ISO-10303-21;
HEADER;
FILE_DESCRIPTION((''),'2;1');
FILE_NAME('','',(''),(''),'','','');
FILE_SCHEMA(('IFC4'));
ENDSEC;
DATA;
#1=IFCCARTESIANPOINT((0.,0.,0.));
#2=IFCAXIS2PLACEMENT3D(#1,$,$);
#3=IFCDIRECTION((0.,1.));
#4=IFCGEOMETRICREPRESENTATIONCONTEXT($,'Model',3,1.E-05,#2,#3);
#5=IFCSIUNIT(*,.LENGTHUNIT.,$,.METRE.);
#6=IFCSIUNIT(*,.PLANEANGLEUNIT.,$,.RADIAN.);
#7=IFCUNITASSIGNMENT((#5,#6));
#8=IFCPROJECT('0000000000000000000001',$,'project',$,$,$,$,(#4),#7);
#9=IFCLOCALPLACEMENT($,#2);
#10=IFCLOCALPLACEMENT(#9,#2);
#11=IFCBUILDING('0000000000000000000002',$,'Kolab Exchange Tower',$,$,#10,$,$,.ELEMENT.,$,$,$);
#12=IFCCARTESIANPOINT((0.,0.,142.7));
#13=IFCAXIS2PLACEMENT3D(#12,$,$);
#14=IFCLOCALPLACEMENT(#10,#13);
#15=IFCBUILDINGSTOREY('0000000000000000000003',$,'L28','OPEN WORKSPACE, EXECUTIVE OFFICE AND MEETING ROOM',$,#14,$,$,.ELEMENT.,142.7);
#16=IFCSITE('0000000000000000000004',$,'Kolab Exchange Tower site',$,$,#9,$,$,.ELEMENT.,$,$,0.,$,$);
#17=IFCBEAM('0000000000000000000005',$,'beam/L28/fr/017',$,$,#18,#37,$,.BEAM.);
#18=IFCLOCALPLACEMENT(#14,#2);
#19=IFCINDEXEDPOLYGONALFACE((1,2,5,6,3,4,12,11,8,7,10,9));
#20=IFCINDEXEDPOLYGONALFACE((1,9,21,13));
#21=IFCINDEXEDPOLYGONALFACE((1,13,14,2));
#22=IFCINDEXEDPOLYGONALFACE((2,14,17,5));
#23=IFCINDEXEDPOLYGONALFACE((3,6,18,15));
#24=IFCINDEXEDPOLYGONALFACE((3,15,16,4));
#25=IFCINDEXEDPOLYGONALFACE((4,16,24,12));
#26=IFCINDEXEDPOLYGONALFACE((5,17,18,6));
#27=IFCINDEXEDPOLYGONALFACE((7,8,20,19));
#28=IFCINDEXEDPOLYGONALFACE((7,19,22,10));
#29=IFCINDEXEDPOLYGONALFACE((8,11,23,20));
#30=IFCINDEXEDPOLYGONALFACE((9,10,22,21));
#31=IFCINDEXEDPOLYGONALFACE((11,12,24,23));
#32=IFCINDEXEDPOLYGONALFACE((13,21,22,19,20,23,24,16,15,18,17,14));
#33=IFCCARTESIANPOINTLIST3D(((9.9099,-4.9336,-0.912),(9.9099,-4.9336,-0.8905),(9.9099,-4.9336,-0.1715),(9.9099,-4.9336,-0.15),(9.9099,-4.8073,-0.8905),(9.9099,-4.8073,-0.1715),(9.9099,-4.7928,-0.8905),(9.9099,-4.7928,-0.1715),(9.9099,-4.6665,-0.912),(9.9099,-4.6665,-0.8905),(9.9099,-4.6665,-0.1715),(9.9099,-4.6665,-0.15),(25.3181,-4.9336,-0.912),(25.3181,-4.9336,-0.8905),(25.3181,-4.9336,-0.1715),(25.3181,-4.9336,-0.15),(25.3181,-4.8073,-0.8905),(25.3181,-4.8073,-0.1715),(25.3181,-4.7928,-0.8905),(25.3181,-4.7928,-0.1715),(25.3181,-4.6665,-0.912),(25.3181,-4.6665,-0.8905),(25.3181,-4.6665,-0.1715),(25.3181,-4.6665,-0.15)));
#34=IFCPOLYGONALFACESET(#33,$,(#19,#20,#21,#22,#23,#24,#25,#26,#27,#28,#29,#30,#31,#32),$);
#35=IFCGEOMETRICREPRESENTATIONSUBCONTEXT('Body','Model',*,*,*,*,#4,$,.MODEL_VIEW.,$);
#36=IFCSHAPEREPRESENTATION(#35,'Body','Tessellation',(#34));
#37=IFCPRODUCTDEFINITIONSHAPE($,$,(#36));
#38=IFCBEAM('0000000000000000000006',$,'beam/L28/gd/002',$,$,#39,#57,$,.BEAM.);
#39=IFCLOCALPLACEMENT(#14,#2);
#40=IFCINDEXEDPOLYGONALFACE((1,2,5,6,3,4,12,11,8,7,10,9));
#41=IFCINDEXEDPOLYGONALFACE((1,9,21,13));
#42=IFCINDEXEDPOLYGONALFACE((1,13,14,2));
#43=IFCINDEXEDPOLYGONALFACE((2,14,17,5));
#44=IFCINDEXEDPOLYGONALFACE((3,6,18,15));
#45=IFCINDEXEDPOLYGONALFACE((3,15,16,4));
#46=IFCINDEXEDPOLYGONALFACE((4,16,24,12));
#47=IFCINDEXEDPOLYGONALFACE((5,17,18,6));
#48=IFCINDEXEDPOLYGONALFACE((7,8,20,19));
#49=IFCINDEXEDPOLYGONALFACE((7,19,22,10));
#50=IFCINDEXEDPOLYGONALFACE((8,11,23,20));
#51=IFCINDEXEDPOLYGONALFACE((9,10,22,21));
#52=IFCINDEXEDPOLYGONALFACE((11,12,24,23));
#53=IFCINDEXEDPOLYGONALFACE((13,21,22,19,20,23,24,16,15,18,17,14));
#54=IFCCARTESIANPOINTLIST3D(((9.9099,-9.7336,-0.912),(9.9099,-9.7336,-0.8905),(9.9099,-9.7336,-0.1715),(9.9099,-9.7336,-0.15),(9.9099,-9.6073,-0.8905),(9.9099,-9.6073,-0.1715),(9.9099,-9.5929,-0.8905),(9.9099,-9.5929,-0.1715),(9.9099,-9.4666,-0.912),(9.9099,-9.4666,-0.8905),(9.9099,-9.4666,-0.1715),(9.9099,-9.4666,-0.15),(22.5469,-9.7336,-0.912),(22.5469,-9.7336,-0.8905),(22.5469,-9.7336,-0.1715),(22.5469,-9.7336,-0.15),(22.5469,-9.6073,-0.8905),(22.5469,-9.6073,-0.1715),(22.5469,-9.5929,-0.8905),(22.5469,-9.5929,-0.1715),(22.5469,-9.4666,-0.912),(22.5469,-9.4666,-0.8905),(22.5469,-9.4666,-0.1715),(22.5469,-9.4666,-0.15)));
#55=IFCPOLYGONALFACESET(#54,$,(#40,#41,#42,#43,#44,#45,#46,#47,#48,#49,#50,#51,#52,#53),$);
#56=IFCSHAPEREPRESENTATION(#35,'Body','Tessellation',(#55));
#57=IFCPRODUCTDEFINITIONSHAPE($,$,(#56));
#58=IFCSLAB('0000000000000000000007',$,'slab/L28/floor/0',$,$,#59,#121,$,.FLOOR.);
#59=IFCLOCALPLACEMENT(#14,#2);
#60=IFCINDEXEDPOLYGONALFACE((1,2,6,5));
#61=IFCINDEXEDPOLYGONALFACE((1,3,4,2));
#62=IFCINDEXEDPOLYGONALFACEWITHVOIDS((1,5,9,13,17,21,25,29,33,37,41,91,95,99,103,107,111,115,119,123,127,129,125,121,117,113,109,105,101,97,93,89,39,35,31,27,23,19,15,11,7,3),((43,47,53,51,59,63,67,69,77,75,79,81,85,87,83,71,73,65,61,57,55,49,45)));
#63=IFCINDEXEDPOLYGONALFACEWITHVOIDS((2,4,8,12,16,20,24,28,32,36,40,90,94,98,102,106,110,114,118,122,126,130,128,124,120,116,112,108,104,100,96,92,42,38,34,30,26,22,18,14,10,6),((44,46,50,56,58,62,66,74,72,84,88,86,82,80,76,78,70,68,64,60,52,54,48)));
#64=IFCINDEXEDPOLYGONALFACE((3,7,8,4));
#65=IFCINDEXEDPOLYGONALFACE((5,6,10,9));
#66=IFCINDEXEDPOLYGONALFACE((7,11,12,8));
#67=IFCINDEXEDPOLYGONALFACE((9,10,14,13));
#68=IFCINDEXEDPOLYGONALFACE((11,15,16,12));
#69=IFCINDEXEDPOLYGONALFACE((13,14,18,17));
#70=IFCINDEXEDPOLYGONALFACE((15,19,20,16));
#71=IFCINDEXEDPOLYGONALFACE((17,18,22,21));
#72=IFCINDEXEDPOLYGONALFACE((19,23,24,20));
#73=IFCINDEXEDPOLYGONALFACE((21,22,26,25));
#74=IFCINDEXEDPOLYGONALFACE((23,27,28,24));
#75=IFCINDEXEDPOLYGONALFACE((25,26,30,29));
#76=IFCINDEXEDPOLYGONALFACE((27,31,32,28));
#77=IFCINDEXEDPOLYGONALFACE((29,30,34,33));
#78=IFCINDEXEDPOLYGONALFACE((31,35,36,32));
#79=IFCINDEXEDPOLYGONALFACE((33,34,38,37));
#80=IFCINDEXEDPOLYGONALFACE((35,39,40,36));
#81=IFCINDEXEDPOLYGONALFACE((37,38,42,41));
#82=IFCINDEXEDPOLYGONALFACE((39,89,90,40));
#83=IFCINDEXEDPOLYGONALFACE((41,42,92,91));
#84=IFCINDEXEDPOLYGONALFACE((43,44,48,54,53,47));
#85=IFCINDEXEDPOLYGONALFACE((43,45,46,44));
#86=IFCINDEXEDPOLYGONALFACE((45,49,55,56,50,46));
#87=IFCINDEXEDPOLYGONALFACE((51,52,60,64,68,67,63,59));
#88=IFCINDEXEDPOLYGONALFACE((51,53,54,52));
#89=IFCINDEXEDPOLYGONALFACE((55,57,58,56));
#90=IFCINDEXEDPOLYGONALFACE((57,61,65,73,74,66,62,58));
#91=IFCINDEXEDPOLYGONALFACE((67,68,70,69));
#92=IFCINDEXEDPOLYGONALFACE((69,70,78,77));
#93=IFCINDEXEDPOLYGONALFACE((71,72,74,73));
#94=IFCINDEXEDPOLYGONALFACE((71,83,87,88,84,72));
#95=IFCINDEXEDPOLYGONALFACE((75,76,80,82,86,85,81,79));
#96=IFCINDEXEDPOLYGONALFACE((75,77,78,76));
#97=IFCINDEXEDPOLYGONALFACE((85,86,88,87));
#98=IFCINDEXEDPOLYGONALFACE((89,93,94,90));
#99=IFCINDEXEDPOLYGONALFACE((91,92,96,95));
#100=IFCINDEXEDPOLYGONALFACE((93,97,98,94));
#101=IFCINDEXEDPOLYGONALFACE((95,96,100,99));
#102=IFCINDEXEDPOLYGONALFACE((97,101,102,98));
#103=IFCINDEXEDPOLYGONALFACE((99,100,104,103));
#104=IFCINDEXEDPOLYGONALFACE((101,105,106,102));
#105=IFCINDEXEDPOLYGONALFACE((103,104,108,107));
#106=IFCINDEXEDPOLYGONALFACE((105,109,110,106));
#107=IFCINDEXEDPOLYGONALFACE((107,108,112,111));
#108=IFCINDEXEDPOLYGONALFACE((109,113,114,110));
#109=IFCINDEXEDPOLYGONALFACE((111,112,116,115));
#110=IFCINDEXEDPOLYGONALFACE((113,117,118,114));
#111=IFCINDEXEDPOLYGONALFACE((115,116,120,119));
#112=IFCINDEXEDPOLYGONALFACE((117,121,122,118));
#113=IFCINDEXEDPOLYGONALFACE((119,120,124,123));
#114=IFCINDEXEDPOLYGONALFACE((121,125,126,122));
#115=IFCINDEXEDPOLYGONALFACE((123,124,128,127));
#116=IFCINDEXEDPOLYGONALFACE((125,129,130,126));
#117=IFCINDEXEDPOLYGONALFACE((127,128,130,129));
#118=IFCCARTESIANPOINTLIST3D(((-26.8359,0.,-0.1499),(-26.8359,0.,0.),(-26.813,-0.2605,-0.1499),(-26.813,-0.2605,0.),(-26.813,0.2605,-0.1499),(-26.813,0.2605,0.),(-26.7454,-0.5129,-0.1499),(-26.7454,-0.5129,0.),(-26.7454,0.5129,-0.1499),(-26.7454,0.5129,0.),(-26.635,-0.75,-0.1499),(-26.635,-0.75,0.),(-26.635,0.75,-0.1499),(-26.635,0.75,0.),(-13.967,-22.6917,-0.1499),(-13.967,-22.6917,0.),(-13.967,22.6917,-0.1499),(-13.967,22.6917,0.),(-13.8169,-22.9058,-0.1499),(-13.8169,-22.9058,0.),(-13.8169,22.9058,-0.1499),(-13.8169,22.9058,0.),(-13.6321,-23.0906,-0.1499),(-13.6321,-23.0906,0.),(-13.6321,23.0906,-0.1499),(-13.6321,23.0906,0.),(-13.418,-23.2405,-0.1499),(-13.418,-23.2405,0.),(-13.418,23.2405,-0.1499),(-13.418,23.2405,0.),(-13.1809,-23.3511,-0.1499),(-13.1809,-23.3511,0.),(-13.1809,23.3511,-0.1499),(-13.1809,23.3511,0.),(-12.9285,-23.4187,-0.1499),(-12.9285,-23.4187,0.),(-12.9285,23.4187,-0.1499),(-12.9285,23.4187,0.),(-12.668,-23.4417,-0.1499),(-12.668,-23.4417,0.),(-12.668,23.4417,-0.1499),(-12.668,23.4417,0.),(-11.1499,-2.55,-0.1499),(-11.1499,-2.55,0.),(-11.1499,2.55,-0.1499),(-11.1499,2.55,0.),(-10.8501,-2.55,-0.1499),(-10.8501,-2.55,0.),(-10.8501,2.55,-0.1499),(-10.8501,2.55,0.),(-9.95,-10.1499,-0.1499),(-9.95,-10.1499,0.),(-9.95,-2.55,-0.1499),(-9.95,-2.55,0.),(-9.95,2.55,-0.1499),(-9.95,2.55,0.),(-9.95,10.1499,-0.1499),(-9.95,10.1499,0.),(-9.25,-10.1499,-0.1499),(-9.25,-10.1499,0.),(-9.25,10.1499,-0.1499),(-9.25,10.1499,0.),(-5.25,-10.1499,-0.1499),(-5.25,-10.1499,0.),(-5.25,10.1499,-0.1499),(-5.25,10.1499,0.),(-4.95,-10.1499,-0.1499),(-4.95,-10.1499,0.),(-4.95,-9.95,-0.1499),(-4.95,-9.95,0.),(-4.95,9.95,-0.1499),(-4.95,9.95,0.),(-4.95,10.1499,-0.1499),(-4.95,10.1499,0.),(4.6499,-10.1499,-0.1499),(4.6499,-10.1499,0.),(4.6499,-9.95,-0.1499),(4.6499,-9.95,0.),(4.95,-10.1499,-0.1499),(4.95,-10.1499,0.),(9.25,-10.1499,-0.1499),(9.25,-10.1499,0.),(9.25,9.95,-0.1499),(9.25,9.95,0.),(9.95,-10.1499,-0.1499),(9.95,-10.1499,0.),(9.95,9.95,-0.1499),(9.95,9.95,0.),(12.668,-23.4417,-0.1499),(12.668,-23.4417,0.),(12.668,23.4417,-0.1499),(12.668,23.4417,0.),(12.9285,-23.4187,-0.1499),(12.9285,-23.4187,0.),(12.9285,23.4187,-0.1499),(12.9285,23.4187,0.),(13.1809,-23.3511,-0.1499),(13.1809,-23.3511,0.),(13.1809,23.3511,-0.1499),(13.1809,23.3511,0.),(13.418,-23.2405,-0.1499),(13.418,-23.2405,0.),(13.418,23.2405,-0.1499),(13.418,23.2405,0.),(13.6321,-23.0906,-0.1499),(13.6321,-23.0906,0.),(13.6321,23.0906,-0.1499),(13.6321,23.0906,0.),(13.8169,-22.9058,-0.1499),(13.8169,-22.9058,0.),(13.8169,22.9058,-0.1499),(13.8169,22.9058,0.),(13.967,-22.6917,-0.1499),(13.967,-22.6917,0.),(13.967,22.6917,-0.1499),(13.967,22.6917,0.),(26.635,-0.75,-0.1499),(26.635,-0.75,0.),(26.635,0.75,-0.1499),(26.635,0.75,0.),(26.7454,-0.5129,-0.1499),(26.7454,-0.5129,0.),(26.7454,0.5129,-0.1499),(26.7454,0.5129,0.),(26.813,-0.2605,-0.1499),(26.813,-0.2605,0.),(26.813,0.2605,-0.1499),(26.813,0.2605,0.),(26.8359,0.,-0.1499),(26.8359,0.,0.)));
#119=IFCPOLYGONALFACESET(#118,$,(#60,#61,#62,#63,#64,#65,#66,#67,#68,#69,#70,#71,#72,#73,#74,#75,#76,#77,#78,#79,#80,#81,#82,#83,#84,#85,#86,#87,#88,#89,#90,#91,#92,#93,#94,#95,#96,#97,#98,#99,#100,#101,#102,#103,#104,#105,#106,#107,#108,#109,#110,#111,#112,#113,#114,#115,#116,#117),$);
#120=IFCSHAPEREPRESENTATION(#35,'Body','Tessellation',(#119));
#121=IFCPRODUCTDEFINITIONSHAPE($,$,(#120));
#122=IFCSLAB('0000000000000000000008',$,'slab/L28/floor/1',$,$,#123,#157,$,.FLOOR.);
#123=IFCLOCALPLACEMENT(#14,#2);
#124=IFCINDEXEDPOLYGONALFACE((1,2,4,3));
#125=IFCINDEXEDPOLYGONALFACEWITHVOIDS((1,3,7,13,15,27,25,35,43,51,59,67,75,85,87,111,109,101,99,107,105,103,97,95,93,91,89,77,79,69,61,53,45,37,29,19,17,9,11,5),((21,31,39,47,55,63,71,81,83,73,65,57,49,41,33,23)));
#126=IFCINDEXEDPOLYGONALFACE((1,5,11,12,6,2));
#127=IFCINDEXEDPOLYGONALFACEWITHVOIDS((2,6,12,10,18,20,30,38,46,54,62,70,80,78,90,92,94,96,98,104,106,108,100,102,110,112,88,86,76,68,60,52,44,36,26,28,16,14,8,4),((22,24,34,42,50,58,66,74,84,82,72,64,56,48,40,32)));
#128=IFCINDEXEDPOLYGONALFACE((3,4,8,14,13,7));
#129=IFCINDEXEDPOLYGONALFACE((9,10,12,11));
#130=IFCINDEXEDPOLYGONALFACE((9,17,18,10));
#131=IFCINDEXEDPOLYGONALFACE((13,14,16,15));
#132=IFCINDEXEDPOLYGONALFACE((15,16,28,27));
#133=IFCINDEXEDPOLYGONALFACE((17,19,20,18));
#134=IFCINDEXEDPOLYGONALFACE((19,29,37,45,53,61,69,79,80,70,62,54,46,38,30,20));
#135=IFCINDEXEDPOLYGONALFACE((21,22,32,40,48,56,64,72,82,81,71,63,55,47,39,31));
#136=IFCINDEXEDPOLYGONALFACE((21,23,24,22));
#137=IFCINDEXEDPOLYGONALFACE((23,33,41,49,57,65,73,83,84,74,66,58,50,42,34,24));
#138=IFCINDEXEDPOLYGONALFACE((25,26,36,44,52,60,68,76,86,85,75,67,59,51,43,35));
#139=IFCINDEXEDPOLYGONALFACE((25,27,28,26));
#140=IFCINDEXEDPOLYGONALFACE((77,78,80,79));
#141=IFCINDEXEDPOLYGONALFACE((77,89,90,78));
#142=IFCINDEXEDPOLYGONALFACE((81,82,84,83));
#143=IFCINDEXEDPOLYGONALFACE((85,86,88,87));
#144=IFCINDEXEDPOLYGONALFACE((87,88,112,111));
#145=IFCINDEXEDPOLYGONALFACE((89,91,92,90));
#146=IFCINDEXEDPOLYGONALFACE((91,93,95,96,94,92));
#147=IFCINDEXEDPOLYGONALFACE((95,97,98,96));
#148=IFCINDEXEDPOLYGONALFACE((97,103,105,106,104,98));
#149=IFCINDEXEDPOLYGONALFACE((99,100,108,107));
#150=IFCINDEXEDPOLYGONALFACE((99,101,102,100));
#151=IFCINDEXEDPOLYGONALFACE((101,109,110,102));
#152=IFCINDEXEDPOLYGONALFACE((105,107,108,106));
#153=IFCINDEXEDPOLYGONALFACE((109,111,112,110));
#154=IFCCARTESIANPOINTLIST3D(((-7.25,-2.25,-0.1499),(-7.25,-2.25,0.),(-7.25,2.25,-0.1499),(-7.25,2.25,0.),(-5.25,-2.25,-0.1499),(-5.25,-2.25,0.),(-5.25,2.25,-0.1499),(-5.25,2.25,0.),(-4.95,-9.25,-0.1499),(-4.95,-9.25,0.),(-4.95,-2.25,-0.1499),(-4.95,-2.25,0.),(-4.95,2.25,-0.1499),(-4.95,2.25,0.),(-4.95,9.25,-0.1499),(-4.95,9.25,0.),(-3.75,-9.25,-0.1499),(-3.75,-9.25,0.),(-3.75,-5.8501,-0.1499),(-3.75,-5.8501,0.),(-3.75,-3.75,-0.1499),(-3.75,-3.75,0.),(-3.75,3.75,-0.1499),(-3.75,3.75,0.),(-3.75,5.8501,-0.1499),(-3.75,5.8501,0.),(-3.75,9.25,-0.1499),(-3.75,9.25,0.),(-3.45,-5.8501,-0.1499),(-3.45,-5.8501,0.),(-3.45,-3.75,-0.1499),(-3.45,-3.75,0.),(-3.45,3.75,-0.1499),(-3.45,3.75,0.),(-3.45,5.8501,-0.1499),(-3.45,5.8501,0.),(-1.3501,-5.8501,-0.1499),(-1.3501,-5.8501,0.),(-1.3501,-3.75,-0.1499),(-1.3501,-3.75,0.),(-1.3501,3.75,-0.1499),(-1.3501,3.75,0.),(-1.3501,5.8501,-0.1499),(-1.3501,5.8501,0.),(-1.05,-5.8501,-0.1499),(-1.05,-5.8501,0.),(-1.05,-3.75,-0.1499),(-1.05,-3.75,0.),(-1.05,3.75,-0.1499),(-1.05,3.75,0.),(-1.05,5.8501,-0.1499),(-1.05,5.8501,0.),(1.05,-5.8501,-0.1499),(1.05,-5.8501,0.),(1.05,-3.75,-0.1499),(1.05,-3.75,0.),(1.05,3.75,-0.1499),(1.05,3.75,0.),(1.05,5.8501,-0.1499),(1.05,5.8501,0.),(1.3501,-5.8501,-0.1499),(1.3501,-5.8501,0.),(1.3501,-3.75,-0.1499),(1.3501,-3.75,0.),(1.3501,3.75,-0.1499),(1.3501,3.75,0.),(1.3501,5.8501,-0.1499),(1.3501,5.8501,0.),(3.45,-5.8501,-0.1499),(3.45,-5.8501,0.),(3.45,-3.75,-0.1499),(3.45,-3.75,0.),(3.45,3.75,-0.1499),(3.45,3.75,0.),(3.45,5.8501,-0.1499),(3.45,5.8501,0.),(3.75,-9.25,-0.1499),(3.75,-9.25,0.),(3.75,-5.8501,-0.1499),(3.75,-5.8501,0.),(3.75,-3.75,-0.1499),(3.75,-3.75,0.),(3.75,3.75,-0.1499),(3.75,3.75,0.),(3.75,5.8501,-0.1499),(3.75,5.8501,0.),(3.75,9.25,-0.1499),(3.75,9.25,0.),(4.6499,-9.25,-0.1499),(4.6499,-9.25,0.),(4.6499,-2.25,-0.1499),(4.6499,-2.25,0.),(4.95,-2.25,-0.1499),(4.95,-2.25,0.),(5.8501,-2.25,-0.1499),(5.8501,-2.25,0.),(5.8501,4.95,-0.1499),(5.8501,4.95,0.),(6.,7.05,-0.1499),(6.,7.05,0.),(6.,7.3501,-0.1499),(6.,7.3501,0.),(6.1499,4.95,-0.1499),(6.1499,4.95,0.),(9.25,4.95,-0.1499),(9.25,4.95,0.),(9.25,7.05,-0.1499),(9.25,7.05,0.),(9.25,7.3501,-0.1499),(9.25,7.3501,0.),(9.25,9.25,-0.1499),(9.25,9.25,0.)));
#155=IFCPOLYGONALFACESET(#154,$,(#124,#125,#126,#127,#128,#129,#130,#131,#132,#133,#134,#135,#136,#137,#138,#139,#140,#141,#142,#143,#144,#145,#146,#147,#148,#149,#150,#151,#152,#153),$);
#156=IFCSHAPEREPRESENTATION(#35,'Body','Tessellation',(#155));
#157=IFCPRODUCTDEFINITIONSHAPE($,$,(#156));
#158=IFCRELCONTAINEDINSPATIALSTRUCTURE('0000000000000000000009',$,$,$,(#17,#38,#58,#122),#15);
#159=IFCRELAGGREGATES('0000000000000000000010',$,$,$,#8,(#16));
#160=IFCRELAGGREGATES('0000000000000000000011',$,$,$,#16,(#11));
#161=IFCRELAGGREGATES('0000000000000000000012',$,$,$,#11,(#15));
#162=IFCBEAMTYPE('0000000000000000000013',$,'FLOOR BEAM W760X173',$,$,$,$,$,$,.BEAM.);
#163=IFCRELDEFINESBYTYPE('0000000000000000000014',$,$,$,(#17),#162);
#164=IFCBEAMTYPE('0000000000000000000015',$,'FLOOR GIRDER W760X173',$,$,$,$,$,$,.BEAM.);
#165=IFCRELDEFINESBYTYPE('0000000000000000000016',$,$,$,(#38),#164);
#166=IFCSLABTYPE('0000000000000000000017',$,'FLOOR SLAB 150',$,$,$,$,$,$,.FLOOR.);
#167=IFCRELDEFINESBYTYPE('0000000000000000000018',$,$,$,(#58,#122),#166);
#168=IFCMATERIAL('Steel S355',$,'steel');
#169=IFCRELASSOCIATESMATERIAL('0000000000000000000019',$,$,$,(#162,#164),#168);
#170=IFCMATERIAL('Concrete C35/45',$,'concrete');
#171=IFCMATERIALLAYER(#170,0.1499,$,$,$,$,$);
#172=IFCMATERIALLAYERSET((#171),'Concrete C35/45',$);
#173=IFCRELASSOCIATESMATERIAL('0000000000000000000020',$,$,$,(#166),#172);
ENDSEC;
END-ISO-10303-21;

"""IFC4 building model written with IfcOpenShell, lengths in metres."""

from ifc_helpers import new_model, si_unit, direction, frame, origin, origin_2d, place, context, subcontext, project, spatial, polyline, i_section, outline, extrude, material, layer, layer_set, material_profile, profile_set, type_object, element, save


model = new_model("IFC4")

# Units and contexts
model_context = context("Model", 3, precision=1e-05, world=origin(), true_north=direction((0.0, 1.0)))
body_context = subcontext(model_context, "Body", "Model", "MODEL_VIEW")
ifc_project = project(units=[si_unit("LENGTHUNIT", "METRE"), si_unit("PLANEANGLEUNIT", "RADIAN")], contexts=[model_context])

# Site, building, storey
site_placement = place(None, origin())
site = spatial("IfcSite", under=ifc_project, at=site_placement, Name="Kolab Exchange Tower site", CompositionType="ELEMENT", RefElevation=0.0)
building_placement = place(site_placement, origin())
building = spatial("IfcBuilding", under=site, at=building_placement, Name="Kolab Exchange Tower", CompositionType="ELEMENT")
storey_placement = place(building_placement, frame((0.0, 0.0, 142.7)))
storey = spatial("IfcBuildingStorey", under=building, at=storey_placement, Name="L28", Description="OPEN WORKSPACE, EXECUTIVE OFFICE AND MEETING ROOM", CompositionType="ELEMENT", Elevation=142.7)

# Beams
ifc_material_1 = material(Name="Steel S355", Category="steel")
ifc_material_profile_1 = material_profile(ifc_material_1, i_section(OverallWidth=0.2671, OverallDepth=0.762, WebThickness=0.0144, FlangeThickness=0.0215, at=origin_2d()), Name="W760X173")
ifc_profile_set_1 = profile_set([ifc_material_profile_1], Name="Steel S355")
beam_type_1 = type_object("IfcBeamType", Name="FLOOR BEAM W760X173", PredefinedType="BEAM", material=ifc_profile_set_1)
beam_1_placement = place(storey_placement, frame((9.9099, -4.8, -0.531), z_axis=(1.0, 0.0, 0.0), x_axis=(0.0, 1.0, 0.0)))
element("IfcBeam", 1, at=beam_1_placement, inside=storey, type_object=beam_type_1, Name="beam/L28/fr/017", PredefinedType="BEAM", context=body_context, shape_type="SweptSolid", body=[
    extrude(i_section(OverallWidth=0.2671, OverallDepth=0.762, WebThickness=0.0144, FlangeThickness=0.0215, at=origin_2d()), origin(), (0.0, 0.0, 1.0), 15.4082),
])
ifc_material_profile_2 = material_profile(ifc_material_1, i_section(OverallWidth=0.2671, OverallDepth=0.762, WebThickness=0.0144, FlangeThickness=0.0215, at=origin_2d()), Name="W760X173")
ifc_profile_set_2 = profile_set([ifc_material_profile_2], Name="Steel S355")
beam_type_2 = type_object("IfcBeamType", Name="FLOOR GIRDER W760X173", PredefinedType="BEAM", material=ifc_profile_set_2)
beam_2_placement = place(storey_placement, frame((9.9099, -9.6001, -0.531), z_axis=(1.0, 0.0, 0.0), x_axis=(0.0, 1.0, 0.0)))
element("IfcBeam", 2, at=beam_2_placement, inside=storey, type_object=beam_type_2, Name="beam/L28/gd/002", PredefinedType="BEAM", context=body_context, shape_type="SweptSolid", body=[
    extrude(i_section(OverallWidth=0.2671, OverallDepth=0.762, WebThickness=0.0144, FlangeThickness=0.0215, at=origin_2d()), origin(), (0.0, 0.0, 1.0), 12.637),
])

# Slabs
ifc_material_2 = material(Name="Concrete C35/45", Category="concrete")
ifc_layer_1 = layer(ifc_material_2, 0.1499)
ifc_layer_set_1 = layer_set([ifc_layer_1], Name="Concrete C35/45")
slab_type_1 = type_object("IfcSlabType", Name="FLOOR SLAB 150", PredefinedType="FLOOR", material=ifc_layer_set_1)
slab_1_placement = place(storey_placement, frame((0.0, 0.0, -0.1499)))
element("IfcSlab", 3, at=slab_1_placement, inside=storey, type_object=slab_type_1, Name="slab/L28/floor/0", PredefinedType="FLOOR", context=body_context, shape_type="SweptSolid", body=[
    extrude(outline(polyline([(13.967, -22.6917), (26.635, -0.75), (26.7454, -0.5129), (26.813, -0.2605), (26.8359, 0.0), (26.813, 0.2605), (26.7454, 0.5129), (26.635, 0.75), (13.967, 22.6917), (13.8169, 22.9058), (13.6321, 23.0906), (13.418, 23.2405), (13.1809, 23.3511), (12.9285, 23.4187), (12.668, 23.4417), (-12.668, 23.4417), (-12.9285, 23.4187), (-13.1809, 23.3511), (-13.418, 23.2405), (-13.6321, 23.0906), (-13.8169, 22.9058), (-13.967, 22.6917), (-26.635, 0.75), (-26.7454, 0.5129), (-26.813, 0.2605), (-26.8359, 0.0), (-26.813, -0.2605), (-26.7454, -0.5129), (-26.635, -0.75), (-13.967, -22.6917), (-13.8169, -22.9058), (-13.6321, -23.0906), (-13.418, -23.2405), (-13.1809, -23.3511), (-12.9285, -23.4187), (-12.668, -23.4417), (12.668, -23.4417), (12.9285, -23.4187), (13.1809, -23.3511), (13.418, -23.2405), (13.6321, -23.0906), (13.8169, -22.9058), (13.967, -22.6917)]), holes=[polyline([(-9.25, -10.1499), (-9.95, -10.1499), (-9.95, -2.55), (-10.8501, -2.55), (-11.1499, -2.55), (-11.1499, 2.55), (-10.8501, 2.55), (-9.95, 2.55), (-9.95, 10.1499), (-9.25, 10.1499), (-5.25, 10.1499), (-4.95, 10.1499), (-4.95, 9.95), (9.25, 9.95), (9.95, 9.95), (9.95, -10.1499), (9.25, -10.1499), (4.95, -10.1499), (4.6499, -10.1499), (4.6499, -9.95), (-4.95, -9.95), (-4.95, -10.1499), (-5.25, -10.1499), (-9.25, -10.1499)])]), origin(), (0.0, 0.0, 1.0), 0.1499),
])
slab_2_placement = place(storey_placement, frame((0.0, 0.0, -0.1499)))
element("IfcSlab", 4, at=slab_2_placement, inside=storey, type_object=slab_type_1, Name="slab/L28/floor/1", PredefinedType="FLOOR", context=body_context, shape_type="SweptSolid", body=[
    extrude(outline(polyline([(-4.95, 9.25), (-4.95, 2.25), (-5.25, 2.25), (-7.25, 2.25), (-7.25, -2.25), (-5.25, -2.25), (-4.95, -2.25), (-4.95, -9.25), (-3.75, -9.25), (-3.75, -5.8501), (-3.45, -5.8501), (-1.3501, -5.8501), (-1.05, -5.8501), (1.05, -5.8501), (1.3501, -5.8501), (3.45, -5.8501), (3.75, -5.8501), (3.75, -9.25), (4.6499, -9.25), (4.6499, -2.25), (4.95, -2.25), (5.8501, -2.25), (5.8501, 4.95), (6.1499, 4.95), (9.25, 4.95), (9.25, 7.05), (6.0, 7.05), (6.0, 7.3501), (9.25, 7.3501), (9.25, 9.25), (3.75, 9.25), (3.75, 5.8501), (3.45, 5.8501), (1.3501, 5.8501), (1.05, 5.8501), (-1.05, 5.8501), (-1.3501, 5.8501), (-3.45, 5.8501), (-3.75, 5.8501), (-3.75, 9.25), (-4.95, 9.25)]), holes=[polyline([(-3.45, -3.75), (-3.75, -3.75), (-3.75, 3.75), (-3.45, 3.75), (-1.3501, 3.75), (-1.05, 3.75), (1.05, 3.75), (1.3501, 3.75), (3.45, 3.75), (3.75, 3.75), (3.75, -3.75), (3.45, -3.75), (1.3501, -3.75), (1.05, -3.75), (-1.05, -3.75), (-1.3501, -3.75), (-3.45, -3.75)])]), origin(), (0.0, 0.0, 1.0), 0.1499),
])

save(model, "model.ifc")
